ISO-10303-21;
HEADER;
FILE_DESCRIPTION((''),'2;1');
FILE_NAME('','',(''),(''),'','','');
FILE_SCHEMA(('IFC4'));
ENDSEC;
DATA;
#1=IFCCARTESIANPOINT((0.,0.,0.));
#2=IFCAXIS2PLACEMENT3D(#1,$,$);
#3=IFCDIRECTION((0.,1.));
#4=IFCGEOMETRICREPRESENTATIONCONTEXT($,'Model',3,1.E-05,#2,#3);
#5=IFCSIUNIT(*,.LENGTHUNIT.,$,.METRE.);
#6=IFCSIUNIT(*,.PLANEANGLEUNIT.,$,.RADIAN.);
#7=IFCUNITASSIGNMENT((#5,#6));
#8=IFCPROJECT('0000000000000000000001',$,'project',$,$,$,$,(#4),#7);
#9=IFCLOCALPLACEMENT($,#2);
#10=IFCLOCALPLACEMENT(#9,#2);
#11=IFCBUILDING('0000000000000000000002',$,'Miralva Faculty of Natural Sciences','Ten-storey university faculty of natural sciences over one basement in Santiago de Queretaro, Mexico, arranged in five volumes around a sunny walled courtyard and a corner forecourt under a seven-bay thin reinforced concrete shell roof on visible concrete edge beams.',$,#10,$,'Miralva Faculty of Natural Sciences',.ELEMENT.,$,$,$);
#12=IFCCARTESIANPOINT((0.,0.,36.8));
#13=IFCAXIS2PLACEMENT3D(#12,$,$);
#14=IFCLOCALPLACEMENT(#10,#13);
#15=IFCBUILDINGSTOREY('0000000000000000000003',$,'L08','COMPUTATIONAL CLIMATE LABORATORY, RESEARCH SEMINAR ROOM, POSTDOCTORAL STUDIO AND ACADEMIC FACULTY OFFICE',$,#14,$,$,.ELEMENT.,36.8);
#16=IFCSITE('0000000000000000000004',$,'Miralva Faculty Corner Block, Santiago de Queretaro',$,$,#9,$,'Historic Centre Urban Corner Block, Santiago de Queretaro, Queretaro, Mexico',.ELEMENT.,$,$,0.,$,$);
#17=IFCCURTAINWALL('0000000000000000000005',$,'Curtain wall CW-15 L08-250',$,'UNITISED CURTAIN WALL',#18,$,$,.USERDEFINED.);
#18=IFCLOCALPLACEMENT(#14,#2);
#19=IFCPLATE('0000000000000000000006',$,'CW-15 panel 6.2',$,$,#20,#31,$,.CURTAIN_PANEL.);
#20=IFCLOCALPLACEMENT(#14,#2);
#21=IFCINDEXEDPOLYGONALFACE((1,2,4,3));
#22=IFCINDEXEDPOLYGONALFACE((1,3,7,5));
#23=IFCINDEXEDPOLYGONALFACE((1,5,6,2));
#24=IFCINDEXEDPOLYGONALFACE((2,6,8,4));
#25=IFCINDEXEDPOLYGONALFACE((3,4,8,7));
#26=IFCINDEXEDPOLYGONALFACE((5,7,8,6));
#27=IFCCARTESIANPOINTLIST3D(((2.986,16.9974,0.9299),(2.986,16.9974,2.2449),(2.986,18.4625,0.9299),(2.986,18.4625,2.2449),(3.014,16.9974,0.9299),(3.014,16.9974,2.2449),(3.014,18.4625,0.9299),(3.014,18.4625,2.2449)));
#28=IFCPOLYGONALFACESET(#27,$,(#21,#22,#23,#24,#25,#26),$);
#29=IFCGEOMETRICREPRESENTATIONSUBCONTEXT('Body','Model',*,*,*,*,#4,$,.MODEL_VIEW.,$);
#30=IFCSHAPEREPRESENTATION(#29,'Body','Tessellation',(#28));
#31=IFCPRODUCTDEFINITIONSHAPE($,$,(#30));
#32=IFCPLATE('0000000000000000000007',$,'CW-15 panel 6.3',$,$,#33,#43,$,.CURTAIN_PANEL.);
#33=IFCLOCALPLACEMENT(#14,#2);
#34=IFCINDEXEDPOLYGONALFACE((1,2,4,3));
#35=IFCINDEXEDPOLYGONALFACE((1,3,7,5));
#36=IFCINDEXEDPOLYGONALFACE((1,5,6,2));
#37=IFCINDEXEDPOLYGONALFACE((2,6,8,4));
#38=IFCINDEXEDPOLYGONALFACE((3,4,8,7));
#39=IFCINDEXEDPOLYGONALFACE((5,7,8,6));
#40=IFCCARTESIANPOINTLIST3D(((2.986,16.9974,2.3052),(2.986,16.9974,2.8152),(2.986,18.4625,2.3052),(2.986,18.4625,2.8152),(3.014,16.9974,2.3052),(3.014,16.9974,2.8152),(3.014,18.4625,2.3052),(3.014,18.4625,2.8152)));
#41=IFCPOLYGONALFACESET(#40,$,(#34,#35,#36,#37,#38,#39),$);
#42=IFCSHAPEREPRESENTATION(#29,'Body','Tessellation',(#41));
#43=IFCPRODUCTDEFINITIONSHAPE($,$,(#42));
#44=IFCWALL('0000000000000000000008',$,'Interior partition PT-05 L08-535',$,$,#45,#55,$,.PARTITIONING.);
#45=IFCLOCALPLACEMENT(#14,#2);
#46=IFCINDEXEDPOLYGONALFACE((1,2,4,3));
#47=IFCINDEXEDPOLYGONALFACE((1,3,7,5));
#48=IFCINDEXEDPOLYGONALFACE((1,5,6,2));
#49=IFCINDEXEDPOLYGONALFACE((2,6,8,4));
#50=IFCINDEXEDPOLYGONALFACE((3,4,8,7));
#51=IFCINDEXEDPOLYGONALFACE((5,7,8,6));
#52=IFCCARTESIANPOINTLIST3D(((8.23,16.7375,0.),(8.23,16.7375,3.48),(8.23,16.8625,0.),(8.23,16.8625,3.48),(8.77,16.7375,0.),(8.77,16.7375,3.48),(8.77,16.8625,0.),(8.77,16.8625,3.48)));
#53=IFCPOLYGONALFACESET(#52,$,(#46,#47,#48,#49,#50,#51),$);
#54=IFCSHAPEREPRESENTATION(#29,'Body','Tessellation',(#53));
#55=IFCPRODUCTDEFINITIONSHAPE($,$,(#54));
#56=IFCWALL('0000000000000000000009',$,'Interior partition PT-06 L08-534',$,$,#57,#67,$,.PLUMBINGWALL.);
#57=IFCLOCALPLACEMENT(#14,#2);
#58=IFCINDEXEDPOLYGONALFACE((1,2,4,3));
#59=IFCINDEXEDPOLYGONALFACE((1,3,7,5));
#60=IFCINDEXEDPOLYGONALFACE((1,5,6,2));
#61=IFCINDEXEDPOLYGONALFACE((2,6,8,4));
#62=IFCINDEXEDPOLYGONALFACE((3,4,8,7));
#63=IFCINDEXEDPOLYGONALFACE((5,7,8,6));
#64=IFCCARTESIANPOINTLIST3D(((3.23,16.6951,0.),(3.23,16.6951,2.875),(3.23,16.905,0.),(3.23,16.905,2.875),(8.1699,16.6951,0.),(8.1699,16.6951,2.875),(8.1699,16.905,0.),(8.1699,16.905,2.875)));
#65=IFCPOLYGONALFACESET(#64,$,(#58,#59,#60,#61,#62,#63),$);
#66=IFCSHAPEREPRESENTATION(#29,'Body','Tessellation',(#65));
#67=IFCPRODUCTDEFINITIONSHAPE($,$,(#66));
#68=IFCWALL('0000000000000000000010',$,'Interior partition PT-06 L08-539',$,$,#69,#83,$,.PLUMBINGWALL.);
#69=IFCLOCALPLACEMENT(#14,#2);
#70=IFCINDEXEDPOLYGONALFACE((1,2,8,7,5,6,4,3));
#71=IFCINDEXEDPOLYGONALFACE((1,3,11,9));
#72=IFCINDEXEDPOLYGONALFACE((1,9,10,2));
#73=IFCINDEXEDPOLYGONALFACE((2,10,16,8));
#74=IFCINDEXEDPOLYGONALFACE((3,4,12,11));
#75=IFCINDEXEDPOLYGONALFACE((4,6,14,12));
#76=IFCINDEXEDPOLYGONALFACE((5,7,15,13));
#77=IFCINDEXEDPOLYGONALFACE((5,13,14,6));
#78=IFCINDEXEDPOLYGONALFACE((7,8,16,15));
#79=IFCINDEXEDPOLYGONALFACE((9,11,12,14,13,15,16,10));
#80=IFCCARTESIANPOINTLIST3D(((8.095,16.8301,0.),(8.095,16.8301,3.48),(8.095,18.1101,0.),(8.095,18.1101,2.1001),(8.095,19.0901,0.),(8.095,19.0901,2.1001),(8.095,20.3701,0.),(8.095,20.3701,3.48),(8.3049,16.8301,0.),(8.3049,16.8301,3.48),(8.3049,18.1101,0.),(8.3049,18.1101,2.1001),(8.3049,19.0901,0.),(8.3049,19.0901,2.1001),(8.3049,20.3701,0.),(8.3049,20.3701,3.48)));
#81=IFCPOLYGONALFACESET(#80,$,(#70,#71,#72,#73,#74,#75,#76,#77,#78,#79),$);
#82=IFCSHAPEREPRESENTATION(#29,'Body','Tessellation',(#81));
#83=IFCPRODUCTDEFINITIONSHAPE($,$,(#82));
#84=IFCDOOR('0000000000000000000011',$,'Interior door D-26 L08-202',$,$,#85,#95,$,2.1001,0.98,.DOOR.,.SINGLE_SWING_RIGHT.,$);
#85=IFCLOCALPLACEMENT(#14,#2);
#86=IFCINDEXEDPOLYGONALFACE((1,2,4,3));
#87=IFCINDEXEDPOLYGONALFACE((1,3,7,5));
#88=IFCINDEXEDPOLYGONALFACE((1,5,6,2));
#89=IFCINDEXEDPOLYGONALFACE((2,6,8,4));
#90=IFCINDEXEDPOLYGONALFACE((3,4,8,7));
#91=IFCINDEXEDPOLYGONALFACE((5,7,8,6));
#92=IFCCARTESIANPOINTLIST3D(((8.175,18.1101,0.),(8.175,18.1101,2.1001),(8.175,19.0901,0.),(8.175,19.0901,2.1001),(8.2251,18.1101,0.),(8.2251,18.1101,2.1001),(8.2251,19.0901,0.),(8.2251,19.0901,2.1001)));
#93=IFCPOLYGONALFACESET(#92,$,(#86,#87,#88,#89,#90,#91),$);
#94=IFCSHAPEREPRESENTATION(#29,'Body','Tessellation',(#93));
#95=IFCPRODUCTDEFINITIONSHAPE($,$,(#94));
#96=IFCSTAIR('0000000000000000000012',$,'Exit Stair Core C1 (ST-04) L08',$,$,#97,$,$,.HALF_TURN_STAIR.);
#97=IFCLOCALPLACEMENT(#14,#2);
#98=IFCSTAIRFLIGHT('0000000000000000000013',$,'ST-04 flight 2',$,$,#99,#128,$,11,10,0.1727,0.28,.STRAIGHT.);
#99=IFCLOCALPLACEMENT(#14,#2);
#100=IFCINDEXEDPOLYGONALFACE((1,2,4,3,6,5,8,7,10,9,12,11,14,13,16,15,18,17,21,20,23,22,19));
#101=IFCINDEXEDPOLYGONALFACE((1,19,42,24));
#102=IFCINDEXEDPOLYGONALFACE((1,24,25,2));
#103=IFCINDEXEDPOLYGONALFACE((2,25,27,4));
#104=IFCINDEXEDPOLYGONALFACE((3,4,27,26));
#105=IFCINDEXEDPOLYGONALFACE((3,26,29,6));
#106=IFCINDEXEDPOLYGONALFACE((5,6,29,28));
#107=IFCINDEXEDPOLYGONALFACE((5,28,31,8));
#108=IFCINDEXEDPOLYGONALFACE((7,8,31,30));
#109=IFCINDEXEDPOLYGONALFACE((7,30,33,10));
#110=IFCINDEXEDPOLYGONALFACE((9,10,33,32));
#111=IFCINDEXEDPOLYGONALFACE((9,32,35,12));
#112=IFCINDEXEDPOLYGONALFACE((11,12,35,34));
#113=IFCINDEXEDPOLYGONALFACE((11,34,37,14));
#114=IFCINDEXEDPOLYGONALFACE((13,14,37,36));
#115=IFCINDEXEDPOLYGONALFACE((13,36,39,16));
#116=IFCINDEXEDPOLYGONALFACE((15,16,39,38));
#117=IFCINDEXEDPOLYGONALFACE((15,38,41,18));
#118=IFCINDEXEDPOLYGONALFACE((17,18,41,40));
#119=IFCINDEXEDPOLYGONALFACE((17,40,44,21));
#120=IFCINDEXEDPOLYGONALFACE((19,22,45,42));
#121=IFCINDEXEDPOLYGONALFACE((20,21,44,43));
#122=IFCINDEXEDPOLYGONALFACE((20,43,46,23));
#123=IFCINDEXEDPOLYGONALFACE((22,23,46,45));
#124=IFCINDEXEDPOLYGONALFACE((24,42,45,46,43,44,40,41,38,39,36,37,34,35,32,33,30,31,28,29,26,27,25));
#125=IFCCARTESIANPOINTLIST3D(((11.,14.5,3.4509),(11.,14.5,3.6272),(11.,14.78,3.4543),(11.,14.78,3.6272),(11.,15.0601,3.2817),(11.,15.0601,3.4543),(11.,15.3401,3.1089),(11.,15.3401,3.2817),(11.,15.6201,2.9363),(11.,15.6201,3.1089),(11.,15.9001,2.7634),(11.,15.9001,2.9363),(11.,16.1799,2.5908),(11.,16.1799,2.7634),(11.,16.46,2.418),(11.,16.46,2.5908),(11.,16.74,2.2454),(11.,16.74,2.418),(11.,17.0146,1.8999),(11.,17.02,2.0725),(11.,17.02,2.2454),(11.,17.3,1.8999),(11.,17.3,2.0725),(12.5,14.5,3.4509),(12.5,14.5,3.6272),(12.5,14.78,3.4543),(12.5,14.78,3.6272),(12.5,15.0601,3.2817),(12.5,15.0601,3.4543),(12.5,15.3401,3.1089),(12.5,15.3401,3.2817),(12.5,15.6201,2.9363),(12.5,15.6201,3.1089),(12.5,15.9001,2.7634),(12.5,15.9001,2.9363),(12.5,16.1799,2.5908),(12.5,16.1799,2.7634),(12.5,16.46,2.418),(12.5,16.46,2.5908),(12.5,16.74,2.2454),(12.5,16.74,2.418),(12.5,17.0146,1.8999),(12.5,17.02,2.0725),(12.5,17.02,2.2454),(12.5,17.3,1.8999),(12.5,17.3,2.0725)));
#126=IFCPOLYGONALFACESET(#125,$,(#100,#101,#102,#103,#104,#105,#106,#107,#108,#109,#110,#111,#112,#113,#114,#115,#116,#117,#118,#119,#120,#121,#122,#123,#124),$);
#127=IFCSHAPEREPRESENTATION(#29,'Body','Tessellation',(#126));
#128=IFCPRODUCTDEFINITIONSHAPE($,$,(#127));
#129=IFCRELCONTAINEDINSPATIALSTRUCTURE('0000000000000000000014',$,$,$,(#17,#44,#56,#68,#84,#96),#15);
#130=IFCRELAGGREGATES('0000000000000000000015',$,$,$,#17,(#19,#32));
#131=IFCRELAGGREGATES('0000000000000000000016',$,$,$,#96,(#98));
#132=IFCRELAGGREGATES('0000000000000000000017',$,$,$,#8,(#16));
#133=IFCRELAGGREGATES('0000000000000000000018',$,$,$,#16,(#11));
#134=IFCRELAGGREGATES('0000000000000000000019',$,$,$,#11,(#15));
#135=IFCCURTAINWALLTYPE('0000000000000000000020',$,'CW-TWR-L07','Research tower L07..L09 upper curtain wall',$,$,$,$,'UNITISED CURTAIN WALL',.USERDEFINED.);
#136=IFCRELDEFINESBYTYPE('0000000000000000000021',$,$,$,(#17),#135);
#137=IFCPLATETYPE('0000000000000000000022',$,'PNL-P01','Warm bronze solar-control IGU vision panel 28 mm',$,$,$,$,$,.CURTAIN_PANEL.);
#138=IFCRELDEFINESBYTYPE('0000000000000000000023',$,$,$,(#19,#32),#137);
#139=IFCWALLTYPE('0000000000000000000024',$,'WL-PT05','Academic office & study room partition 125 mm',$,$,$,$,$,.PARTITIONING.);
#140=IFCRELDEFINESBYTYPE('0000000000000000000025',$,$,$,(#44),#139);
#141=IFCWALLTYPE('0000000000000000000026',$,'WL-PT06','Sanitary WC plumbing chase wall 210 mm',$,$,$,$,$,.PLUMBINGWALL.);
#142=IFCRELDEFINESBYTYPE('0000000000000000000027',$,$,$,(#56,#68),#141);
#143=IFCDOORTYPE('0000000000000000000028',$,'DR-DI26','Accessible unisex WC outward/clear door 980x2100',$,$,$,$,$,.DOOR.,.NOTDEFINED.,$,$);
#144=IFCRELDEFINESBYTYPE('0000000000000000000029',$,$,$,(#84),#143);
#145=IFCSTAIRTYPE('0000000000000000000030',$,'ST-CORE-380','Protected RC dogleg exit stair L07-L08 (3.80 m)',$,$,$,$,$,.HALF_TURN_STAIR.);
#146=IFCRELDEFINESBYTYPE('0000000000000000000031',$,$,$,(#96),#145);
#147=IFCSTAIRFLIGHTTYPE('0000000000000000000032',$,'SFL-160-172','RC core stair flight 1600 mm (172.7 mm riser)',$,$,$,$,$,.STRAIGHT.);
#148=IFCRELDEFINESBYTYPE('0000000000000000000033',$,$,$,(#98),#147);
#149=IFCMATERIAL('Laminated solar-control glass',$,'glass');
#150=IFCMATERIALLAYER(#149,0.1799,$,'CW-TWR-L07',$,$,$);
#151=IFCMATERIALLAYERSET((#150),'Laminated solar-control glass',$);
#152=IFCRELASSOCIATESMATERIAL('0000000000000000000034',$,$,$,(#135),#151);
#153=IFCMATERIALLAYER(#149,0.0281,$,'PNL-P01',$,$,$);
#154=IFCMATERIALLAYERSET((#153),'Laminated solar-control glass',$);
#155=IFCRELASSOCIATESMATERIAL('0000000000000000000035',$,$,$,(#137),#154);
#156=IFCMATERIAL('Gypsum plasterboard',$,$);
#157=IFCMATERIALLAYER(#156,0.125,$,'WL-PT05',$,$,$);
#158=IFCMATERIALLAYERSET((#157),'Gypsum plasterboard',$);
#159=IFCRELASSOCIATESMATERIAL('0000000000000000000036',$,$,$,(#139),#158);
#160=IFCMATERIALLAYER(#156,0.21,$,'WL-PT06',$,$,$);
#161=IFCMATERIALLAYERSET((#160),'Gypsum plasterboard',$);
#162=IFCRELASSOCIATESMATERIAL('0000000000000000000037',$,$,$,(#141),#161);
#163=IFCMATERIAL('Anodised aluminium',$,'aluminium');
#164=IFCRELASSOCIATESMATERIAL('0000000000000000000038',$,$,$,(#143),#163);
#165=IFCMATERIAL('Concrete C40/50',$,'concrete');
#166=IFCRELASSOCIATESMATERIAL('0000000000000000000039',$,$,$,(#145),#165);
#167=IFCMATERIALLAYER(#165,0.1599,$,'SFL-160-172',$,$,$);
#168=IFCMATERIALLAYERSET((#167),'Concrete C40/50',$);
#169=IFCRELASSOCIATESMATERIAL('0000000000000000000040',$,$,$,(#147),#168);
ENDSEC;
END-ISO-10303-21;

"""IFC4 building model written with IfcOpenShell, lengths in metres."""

from ifc_helpers import new_model, si_unit, direction, frame, frame_2d, origin, origin_2d, place, context, subcontext, project, spatial, polyline, rectangle, outline, extrude, material, layer, layer_set, type_object, element, fill, aggregate, save


model = new_model("IFC4")

# Units and contexts
model_context = context("Model", 3, precision=1e-05, world=origin(), true_north=direction((0.0, 1.0)))
body_context = subcontext(model_context, "Body", "Model", "MODEL_VIEW")
ifc_project = project(units=[si_unit("LENGTHUNIT", "METRE"), si_unit("PLANEANGLEUNIT", "RADIAN")], contexts=[model_context])

# Site, building, storey
site_placement = place(None, origin())
site = spatial("IfcSite", under=ifc_project, at=site_placement, Name="Miralva Faculty Corner Block, Santiago de Queretaro", LongName="Historic Centre Urban Corner Block, Santiago de Queretaro, Queretaro, Mexico", CompositionType="ELEMENT", RefElevation=0.0)
building_placement = place(site_placement, origin())
building = spatial("IfcBuilding", under=site, at=building_placement, Name="Miralva Faculty of Natural Sciences", Description="Ten-storey university faculty of natural sciences over one basement in Santiago de Queretaro, Mexico, arranged in five volumes around a sunny walled courtyard and a corner forecourt under a seven-bay thin reinforced concrete shell roof on visible concrete edge beams.", LongName="Miralva Faculty of Natural Sciences", CompositionType="ELEMENT")
storey_placement = place(building_placement, frame((0.0, 0.0, 36.8)))
storey = spatial("IfcBuildingStorey", under=building, at=storey_placement, Name="L08", Description="COMPUTATIONAL CLIMATE LABORATORY, RESEARCH SEMINAR ROOM, POSTDOCTORAL STUDIO AND ACADEMIC FACULTY OFFICE", CompositionType="ELEMENT", Elevation=36.8)

# Curtain wall, plates
ifc_material_1 = material(Name="Laminated solar-control glass", Category="glass")
ifc_layer_1 = layer(ifc_material_1, 0.1799, Name="CW-TWR-L07")
ifc_layer_set_1 = layer_set([ifc_layer_1], Name="Laminated solar-control glass")
curtain_wall_type = type_object("IfcCurtainWallType", Name="CW-TWR-L07", Description="Research tower L07..L09 upper curtain wall", ElementType="UNITISED CURTAIN WALL", PredefinedType="USERDEFINED", material=ifc_layer_set_1)
curtain_wall_placement = place(storey_placement, origin())
curtain_wall = element("IfcCurtainWall", 1, at=curtain_wall_placement, inside=storey, type_object=curtain_wall_type, Name="Curtain wall CW-15 L08-250", ObjectType="UNITISED CURTAIN WALL", PredefinedType="USERDEFINED")
ifc_material_2 = material(Name="Anodised aluminium", Category="aluminium")
ifc_layer_2 = layer(ifc_material_1, 0.0281, Name="PNL-P01")
ifc_layer_set_2 = layer_set([ifc_layer_2], Name="Laminated solar-control glass")
plate_type = type_object("IfcPlateType", Name="PNL-P01", Description="Warm bronze solar-control IGU vision panel 28 mm", PredefinedType="CURTAIN_PANEL", material=ifc_layer_set_2)
plate_1_placement = place(storey_placement, frame((3.0, 17.73, 0.9299), z_axis=(0.0, 0.0, 1.0), x_axis=(0.0, 1.0, 0.0)))
plate_1 = element("IfcPlate", 2, at=plate_1_placement, type_object=plate_type, Name="CW-15 panel 6.2", PredefinedType="CURTAIN_PANEL", context=body_context, shape_type="SweptSolid", body=[
    extrude(rectangle(XDim=1.4651, YDim=0.0281, at=origin_2d()), origin(), (0.0, 0.0, 1.0), 1.3149),
])
plate_2_placement = place(storey_placement, frame((3.0, 17.73, 2.3052), z_axis=(0.0, 0.0, 1.0), x_axis=(0.0, 1.0, 0.0)))
plate_2 = element("IfcPlate", 3, at=plate_2_placement, type_object=plate_type, Name="CW-15 panel 6.3", PredefinedType="CURTAIN_PANEL", context=body_context, shape_type="SweptSolid", body=[
    extrude(rectangle(XDim=1.4651, YDim=0.0281, at=origin_2d()), origin(), (0.0, 0.0, 1.0), 0.51),
])
aggregate(curtain_wall, [plate_1, plate_2])

# Walls
ifc_material_3 = material(Name="Gypsum plasterboard")
ifc_layer_3 = layer(ifc_material_3, 0.125, Name="WL-PT05")
ifc_layer_set_3 = layer_set([ifc_layer_3], Name="Gypsum plasterboard")
wall_type_1 = type_object("IfcWallType", Name="WL-PT05", Description="Academic office & study room partition 125 mm", PredefinedType="PARTITIONING", material=ifc_layer_set_3)
wall_1_placement = place(storey_placement, frame((8.23, 16.8, 0.0), z_axis=(0.0, 0.0, 1.0), x_axis=(1.0, 0.0, 0.0)))
element("IfcWall", 4, at=wall_1_placement, inside=storey, type_object=wall_type_1, Name="Interior partition PT-05 L08-535", PredefinedType="PARTITIONING", context=body_context, shape_type="SweptSolid", body=[
    extrude(rectangle(XDim=0.54, YDim=0.125, at=frame_2d((0.27, 0.0))), origin(), (0.0, 0.0, 1.0), 3.48),
])
ifc_layer_4 = layer(ifc_material_3, 0.21, Name="WL-PT06")
ifc_layer_set_4 = layer_set([ifc_layer_4], Name="Gypsum plasterboard")
wall_type_2 = type_object("IfcWallType", Name="WL-PT06", Description="Sanitary WC plumbing chase wall 210 mm", PredefinedType="PLUMBINGWALL", material=ifc_layer_set_4)
wall_2_placement = place(storey_placement, frame((3.23, 16.8, 0.0), z_axis=(0.0, 0.0, 1.0), x_axis=(1.0, 0.0, 0.0)))
element("IfcWall", 5, at=wall_2_placement, inside=storey, type_object=wall_type_2, Name="Interior partition PT-06 L08-534", PredefinedType="PLUMBINGWALL", context=body_context, shape_type="SweptSolid", body=[
    extrude(rectangle(XDim=4.9399, YDim=0.21, at=frame_2d((2.47, 0.0))), origin(), (0.0, 0.0, 1.0), 2.875),
])

# Wall, opening, door
wall_3_placement = place(storey_placement, frame((8.2, 16.8301, 0.0), z_axis=(0.0, 0.0, 1.0), x_axis=(0.0, 1.0, 0.0)))
wall_3 = element("IfcWall", 6, at=wall_3_placement, inside=storey, type_object=wall_type_2, Name="Interior partition PT-06 L08-539", PredefinedType="PLUMBINGWALL", context=body_context, shape_type="SweptSolid", body=[
    extrude(rectangle(XDim=3.54, YDim=0.21, at=frame_2d((1.77, 0.0))), origin(), (0.0, 0.0, 1.0), 3.48),
])
opening_placement = place(wall_3_placement, frame((1.28, 0.0, 0.0)))
opening = element("IfcOpeningElement", 7, at=opening_placement, cuts=wall_3, PredefinedType="OPENING", context=body_context, shape_type="SweptSolid", body=[
    extrude(rectangle(XDim=0.98, YDim=2.1001, at=frame_2d((0.49, 1.05))), frame((0.0, 0.115, 0.0), z_axis=(0.0, -1.0, 0.0), x_axis=(1.0, 0.0, 0.0)), (0.0, 0.0, 1.0), 0.23),
])
door_type = type_object("IfcDoorType", Name="DR-DI26", Description="Accessible unisex WC outward/clear door 980x2100", OperationType="NOTDEFINED", PredefinedType="DOOR", material=ifc_material_2)
door_placement = place(opening_placement, origin())
door = element("IfcDoor", 8, at=door_placement, inside=storey, type_object=door_type, Name="Interior door D-26 L08-202", OperationType="SINGLE_SWING_RIGHT", OverallHeight=2.1001, OverallWidth=0.98, PredefinedType="DOOR", context=body_context, shape_type="SweptSolid", body=[
    extrude(rectangle(XDim=0.98, YDim=2.1001, at=frame_2d((0.49, 1.05))), frame((0.0, 0.0249, 0.0), z_axis=(0.0, -1.0, 0.0), x_axis=(1.0, 0.0, 0.0)), (0.0, 0.0, 1.0), 0.05),
])
fill(opening, door)

# Stair, stair flight
ifc_material_4 = material(Name="Concrete C40/50", Category="concrete")
stair_type = type_object("IfcStairType", Name="ST-CORE-380", Description="Protected RC dogleg exit stair L07-L08 (3.80 m)", PredefinedType="HALF_TURN_STAIR", material=ifc_material_4)
stair_placement = place(storey_placement, origin())
stair = element("IfcStair", 9, at=stair_placement, inside=storey, type_object=stair_type, Name="Exit Stair Core C1 (ST-04) L08", PredefinedType="HALF_TURN_STAIR")
ifc_layer_5 = layer(ifc_material_4, 0.1599, Name="SFL-160-172")
ifc_layer_set_5 = layer_set([ifc_layer_5], Name="Concrete C40/50")
stair_flight_type = type_object("IfcStairFlightType", Name="SFL-160-172", Description="RC core stair flight 1600 mm (172.7 mm riser)", PredefinedType="STRAIGHT", material=ifc_layer_set_5)
stair_flight_placement = place(storey_placement, frame((11.75, 17.3, 1.8999), z_axis=(0.0, 0.0, 1.0), x_axis=(0.0, -1.0, 0.0)))
stair_flight = element("IfcStairFlight", 10, at=stair_flight_placement, type_object=stair_flight_type, Name="ST-04 flight 2", NumberOfRisers=11, NumberOfTreads=10, PredefinedType="STRAIGHT", RiserHeight=0.1727, TreadLength=0.28, context=body_context, shape_type="SweptSolid", body=[
    extrude(outline(polyline([(0.0, 0.0), (0.0, 0.1726), (0.28, 0.1726), (0.28, 0.3455), (0.5601, 0.3455), (0.5601, 0.5181), (0.8401, 0.5181), (0.8401, 0.6909), (1.1201, 0.6909), (1.1201, 0.8635), (1.3999, 0.8635), (1.3999, 1.0364), (1.6799, 1.0364), (1.6799, 1.209), (1.96, 1.209), (1.96, 1.3818), (2.24, 1.3818), (2.24, 1.5544), (2.52, 1.5544), (2.52, 1.7273), (2.8, 1.7273), (2.8, 1.8999), (2.8, 1.551), (0.2854, 0.0), (0.0, 0.0)])), frame((0.0, 0.75, 0.0), z_axis=(0.0, -1.0, 0.0), x_axis=(1.0, 0.0, 0.0)), (0.0, 0.0, 1.0), 1.5),
])
aggregate(stair, [stair_flight])

save(model, "model.ifc")
